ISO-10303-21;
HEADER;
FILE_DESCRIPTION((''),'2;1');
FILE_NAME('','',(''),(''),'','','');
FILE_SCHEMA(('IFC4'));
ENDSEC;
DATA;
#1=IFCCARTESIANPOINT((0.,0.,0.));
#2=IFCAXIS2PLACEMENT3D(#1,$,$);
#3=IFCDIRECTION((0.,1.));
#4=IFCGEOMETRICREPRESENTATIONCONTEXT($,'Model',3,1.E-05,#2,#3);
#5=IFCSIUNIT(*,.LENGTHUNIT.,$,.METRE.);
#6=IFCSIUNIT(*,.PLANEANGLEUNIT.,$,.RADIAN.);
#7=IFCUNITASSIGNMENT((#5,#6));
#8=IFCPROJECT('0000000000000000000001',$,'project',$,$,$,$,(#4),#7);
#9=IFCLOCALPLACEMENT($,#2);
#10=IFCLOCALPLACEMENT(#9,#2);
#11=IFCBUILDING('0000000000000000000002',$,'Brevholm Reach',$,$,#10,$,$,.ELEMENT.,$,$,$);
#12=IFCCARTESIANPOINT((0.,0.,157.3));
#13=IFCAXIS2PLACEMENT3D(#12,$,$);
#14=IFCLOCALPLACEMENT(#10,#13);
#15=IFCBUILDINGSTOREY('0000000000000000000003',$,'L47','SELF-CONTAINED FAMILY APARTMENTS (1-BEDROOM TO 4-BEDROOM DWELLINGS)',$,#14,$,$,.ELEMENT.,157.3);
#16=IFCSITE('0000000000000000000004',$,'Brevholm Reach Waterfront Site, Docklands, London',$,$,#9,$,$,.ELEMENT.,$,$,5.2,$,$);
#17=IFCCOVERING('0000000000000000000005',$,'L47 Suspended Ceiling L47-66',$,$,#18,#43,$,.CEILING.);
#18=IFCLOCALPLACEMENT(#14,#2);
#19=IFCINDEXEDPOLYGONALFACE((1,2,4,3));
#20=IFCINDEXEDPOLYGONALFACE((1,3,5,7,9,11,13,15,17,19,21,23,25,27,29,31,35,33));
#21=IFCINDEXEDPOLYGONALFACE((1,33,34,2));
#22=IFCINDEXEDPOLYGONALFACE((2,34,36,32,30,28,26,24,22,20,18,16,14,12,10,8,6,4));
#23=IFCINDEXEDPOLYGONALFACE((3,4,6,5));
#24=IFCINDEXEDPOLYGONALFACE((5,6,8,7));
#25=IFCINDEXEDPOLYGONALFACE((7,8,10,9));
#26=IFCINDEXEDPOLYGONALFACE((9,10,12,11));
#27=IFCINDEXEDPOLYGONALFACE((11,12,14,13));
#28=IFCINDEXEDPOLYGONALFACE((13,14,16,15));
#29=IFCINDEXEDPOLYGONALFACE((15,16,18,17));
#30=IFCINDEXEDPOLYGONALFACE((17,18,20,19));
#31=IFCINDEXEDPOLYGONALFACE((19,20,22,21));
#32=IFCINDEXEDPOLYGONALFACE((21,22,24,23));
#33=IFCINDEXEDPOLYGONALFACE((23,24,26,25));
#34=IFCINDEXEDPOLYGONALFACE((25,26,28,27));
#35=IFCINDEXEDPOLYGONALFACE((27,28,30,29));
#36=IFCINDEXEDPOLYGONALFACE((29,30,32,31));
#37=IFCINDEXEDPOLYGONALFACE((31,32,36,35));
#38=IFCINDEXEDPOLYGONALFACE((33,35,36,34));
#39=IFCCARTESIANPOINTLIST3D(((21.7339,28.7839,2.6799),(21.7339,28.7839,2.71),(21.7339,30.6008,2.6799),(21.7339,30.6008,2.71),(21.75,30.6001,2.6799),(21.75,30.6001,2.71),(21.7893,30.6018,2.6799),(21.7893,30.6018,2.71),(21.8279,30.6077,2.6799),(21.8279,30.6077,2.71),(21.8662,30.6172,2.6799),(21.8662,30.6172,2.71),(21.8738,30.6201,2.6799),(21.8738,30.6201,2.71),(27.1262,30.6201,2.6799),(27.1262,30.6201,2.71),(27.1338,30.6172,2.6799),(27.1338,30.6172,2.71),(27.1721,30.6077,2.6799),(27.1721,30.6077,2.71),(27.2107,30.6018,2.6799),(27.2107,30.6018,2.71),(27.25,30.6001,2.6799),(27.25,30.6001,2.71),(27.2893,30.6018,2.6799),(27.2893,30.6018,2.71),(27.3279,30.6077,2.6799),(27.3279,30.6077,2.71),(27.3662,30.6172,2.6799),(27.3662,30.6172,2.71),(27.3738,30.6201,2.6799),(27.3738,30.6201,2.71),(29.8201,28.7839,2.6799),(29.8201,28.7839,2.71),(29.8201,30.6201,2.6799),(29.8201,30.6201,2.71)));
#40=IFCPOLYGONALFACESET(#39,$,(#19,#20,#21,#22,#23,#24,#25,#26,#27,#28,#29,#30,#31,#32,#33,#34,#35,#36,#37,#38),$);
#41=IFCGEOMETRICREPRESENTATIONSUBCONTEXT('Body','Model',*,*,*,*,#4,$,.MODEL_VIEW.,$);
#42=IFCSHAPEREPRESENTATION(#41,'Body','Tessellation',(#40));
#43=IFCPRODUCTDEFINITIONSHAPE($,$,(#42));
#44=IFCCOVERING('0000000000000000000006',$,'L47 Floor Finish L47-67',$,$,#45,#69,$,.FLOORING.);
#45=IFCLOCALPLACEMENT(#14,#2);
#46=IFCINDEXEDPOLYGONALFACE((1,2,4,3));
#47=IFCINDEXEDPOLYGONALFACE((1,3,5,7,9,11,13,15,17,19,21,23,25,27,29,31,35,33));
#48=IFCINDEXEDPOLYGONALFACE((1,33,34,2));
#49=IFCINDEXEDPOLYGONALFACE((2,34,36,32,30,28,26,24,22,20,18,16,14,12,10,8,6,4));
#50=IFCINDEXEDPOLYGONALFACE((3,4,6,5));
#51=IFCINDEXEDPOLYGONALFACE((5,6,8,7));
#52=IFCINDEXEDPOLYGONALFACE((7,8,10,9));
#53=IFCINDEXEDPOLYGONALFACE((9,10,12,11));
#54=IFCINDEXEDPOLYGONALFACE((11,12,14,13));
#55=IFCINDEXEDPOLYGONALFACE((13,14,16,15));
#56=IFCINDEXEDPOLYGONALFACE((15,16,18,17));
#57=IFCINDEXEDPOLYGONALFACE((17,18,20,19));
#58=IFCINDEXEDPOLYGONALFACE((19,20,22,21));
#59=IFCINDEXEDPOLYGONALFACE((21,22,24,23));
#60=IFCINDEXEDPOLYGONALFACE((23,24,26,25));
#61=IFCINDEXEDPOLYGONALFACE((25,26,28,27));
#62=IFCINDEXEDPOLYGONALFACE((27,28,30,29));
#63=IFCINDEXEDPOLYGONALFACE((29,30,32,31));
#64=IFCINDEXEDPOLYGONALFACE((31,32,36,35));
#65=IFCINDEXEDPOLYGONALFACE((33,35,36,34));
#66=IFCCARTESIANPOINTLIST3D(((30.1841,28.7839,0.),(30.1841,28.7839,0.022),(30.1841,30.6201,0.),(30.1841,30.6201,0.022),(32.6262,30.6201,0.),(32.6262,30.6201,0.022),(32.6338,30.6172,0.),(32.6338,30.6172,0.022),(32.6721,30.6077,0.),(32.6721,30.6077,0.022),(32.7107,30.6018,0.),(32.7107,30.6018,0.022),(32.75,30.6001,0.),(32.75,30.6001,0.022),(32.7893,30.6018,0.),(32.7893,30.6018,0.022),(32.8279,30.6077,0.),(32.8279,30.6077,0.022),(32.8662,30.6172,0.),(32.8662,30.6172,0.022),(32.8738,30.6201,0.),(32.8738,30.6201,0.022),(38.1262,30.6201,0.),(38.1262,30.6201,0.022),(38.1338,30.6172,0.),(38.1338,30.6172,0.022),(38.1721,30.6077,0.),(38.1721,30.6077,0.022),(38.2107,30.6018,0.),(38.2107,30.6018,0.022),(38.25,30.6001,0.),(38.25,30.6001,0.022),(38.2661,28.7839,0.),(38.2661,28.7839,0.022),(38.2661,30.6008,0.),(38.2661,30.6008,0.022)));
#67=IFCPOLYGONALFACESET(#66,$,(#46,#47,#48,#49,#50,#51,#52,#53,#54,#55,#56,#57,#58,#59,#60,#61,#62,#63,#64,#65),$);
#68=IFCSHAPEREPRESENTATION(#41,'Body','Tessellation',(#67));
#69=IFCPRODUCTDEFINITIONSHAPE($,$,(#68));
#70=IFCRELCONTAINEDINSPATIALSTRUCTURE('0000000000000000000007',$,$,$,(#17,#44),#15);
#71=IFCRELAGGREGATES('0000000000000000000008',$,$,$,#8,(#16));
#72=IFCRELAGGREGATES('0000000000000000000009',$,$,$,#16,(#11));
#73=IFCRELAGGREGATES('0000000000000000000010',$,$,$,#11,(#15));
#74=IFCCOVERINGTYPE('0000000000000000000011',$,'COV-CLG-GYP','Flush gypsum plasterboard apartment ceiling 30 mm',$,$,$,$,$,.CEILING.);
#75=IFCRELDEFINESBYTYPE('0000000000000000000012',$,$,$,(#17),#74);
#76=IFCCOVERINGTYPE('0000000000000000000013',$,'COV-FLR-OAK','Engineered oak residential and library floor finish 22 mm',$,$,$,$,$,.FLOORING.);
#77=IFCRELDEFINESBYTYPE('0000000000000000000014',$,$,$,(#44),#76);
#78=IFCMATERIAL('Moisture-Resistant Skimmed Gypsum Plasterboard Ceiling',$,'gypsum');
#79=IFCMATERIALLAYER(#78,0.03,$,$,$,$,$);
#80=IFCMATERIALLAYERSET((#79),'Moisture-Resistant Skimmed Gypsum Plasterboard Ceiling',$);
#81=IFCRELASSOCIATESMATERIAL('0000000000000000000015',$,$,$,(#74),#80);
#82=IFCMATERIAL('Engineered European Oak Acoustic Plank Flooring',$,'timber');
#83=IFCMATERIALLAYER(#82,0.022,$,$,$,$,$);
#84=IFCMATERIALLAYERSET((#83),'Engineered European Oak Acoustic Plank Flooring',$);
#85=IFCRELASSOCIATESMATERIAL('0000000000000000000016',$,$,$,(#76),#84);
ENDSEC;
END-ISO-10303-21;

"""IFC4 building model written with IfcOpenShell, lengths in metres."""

from ifc_helpers import new_model, si_unit, direction, frame, origin, place, context, subcontext, project, spatial, polyline, outline, extrude, material, layer, layer_set, type_object, element, save


model = new_model("IFC4")

# Units and contexts
model_context = context("Model", 3, precision=1e-05, world=origin(), true_north=direction((0.0, 1.0)))
body_context = subcontext(model_context, "Body", "Model", "MODEL_VIEW")
ifc_project = project(units=[si_unit("LENGTHUNIT", "METRE"), si_unit("PLANEANGLEUNIT", "RADIAN")], contexts=[model_context])

# Site, building, storey
site_placement = place(None, origin())
site = spatial("IfcSite", under=ifc_project, at=site_placement, Name="Brevholm Reach Waterfront Site, Docklands, London", CompositionType="ELEMENT", RefElevation=5.2)
building_placement = place(site_placement, origin())
building = spatial("IfcBuilding", under=site, at=building_placement, Name="Brevholm Reach", CompositionType="ELEMENT")
storey_placement = place(building_placement, frame((0.0, 0.0, 157.3)))
storey = spatial("IfcBuildingStorey", under=building, at=storey_placement, Name="L47", Description="SELF-CONTAINED FAMILY APARTMENTS (1-BEDROOM TO 4-BEDROOM DWELLINGS)", CompositionType="ELEMENT", Elevation=157.3)

# Coverings
ifc_material_1 = material(Name="Moisture-Resistant Skimmed Gypsum Plasterboard Ceiling", Category="gypsum")
ifc_layer_1 = layer(ifc_material_1, 0.03)
ifc_layer_set_1 = layer_set([ifc_layer_1], Name="Moisture-Resistant Skimmed Gypsum Plasterboard Ceiling")
covering_type_1 = type_object("IfcCoveringType", Name="COV-CLG-GYP", Description="Flush gypsum plasterboard apartment ceiling 30 mm", PredefinedType="CEILING", material=ifc_layer_set_1)
covering_1_placement = place(storey_placement, frame((0.0, 0.0, 2.6799)))
element("IfcCovering", 1, at=covering_1_placement, inside=storey, type_object=covering_type_1, Name="L47 Suspended Ceiling L47-66", PredefinedType="CEILING", context=body_context, shape_type="SweptSolid", body=[
    extrude(outline(polyline([(27.1262, 30.6201), (27.1338, 30.6172), (27.1721, 30.6077), (27.2107, 30.6018), (27.25, 30.6001), (27.2893, 30.6018), (27.3279, 30.6077), (27.3662, 30.6172), (27.3738, 30.6201), (29.8201, 30.6201), (29.8201, 28.7839), (21.7339, 28.7839), (21.7339, 30.6008), (21.75, 30.6001), (21.7893, 30.6018), (21.8279, 30.6077), (21.8662, 30.6172), (21.8738, 30.6201), (27.1262, 30.6201)])), origin(), (0.0, 0.0, 1.0), 0.03),
])
ifc_material_2 = material(Name="Engineered European Oak Acoustic Plank Flooring", Category="timber")
ifc_layer_2 = layer(ifc_material_2, 0.022)
ifc_layer_set_2 = layer_set([ifc_layer_2], Name="Engineered European Oak Acoustic Plank Flooring")
covering_type_2 = type_object("IfcCoveringType", Name="COV-FLR-OAK", Description="Engineered oak residential and library floor finish 22 mm", PredefinedType="FLOORING", material=ifc_layer_set_2)
covering_2_placement = place(storey_placement, origin())
element("IfcCovering", 2, at=covering_2_placement, inside=storey, type_object=covering_type_2, Name="L47 Floor Finish L47-67", PredefinedType="FLOORING", context=body_context, shape_type="SweptSolid", body=[
    extrude(outline(polyline([(32.6262, 30.6201), (32.6338, 30.6172), (32.6721, 30.6077), (32.7107, 30.6018), (32.75, 30.6001), (32.7893, 30.6018), (32.8279, 30.6077), (32.8662, 30.6172), (32.8738, 30.6201), (38.1262, 30.6201), (38.1338, 30.6172), (38.1721, 30.6077), (38.2107, 30.6018), (38.25, 30.6001), (38.2661, 30.6008), (38.2661, 28.7839), (30.1841, 28.7839), (30.1841, 30.6201), (32.6262, 30.6201)])), origin(), (0.0, 0.0, 1.0), 0.022),
])

save(model, "model.ifc")
